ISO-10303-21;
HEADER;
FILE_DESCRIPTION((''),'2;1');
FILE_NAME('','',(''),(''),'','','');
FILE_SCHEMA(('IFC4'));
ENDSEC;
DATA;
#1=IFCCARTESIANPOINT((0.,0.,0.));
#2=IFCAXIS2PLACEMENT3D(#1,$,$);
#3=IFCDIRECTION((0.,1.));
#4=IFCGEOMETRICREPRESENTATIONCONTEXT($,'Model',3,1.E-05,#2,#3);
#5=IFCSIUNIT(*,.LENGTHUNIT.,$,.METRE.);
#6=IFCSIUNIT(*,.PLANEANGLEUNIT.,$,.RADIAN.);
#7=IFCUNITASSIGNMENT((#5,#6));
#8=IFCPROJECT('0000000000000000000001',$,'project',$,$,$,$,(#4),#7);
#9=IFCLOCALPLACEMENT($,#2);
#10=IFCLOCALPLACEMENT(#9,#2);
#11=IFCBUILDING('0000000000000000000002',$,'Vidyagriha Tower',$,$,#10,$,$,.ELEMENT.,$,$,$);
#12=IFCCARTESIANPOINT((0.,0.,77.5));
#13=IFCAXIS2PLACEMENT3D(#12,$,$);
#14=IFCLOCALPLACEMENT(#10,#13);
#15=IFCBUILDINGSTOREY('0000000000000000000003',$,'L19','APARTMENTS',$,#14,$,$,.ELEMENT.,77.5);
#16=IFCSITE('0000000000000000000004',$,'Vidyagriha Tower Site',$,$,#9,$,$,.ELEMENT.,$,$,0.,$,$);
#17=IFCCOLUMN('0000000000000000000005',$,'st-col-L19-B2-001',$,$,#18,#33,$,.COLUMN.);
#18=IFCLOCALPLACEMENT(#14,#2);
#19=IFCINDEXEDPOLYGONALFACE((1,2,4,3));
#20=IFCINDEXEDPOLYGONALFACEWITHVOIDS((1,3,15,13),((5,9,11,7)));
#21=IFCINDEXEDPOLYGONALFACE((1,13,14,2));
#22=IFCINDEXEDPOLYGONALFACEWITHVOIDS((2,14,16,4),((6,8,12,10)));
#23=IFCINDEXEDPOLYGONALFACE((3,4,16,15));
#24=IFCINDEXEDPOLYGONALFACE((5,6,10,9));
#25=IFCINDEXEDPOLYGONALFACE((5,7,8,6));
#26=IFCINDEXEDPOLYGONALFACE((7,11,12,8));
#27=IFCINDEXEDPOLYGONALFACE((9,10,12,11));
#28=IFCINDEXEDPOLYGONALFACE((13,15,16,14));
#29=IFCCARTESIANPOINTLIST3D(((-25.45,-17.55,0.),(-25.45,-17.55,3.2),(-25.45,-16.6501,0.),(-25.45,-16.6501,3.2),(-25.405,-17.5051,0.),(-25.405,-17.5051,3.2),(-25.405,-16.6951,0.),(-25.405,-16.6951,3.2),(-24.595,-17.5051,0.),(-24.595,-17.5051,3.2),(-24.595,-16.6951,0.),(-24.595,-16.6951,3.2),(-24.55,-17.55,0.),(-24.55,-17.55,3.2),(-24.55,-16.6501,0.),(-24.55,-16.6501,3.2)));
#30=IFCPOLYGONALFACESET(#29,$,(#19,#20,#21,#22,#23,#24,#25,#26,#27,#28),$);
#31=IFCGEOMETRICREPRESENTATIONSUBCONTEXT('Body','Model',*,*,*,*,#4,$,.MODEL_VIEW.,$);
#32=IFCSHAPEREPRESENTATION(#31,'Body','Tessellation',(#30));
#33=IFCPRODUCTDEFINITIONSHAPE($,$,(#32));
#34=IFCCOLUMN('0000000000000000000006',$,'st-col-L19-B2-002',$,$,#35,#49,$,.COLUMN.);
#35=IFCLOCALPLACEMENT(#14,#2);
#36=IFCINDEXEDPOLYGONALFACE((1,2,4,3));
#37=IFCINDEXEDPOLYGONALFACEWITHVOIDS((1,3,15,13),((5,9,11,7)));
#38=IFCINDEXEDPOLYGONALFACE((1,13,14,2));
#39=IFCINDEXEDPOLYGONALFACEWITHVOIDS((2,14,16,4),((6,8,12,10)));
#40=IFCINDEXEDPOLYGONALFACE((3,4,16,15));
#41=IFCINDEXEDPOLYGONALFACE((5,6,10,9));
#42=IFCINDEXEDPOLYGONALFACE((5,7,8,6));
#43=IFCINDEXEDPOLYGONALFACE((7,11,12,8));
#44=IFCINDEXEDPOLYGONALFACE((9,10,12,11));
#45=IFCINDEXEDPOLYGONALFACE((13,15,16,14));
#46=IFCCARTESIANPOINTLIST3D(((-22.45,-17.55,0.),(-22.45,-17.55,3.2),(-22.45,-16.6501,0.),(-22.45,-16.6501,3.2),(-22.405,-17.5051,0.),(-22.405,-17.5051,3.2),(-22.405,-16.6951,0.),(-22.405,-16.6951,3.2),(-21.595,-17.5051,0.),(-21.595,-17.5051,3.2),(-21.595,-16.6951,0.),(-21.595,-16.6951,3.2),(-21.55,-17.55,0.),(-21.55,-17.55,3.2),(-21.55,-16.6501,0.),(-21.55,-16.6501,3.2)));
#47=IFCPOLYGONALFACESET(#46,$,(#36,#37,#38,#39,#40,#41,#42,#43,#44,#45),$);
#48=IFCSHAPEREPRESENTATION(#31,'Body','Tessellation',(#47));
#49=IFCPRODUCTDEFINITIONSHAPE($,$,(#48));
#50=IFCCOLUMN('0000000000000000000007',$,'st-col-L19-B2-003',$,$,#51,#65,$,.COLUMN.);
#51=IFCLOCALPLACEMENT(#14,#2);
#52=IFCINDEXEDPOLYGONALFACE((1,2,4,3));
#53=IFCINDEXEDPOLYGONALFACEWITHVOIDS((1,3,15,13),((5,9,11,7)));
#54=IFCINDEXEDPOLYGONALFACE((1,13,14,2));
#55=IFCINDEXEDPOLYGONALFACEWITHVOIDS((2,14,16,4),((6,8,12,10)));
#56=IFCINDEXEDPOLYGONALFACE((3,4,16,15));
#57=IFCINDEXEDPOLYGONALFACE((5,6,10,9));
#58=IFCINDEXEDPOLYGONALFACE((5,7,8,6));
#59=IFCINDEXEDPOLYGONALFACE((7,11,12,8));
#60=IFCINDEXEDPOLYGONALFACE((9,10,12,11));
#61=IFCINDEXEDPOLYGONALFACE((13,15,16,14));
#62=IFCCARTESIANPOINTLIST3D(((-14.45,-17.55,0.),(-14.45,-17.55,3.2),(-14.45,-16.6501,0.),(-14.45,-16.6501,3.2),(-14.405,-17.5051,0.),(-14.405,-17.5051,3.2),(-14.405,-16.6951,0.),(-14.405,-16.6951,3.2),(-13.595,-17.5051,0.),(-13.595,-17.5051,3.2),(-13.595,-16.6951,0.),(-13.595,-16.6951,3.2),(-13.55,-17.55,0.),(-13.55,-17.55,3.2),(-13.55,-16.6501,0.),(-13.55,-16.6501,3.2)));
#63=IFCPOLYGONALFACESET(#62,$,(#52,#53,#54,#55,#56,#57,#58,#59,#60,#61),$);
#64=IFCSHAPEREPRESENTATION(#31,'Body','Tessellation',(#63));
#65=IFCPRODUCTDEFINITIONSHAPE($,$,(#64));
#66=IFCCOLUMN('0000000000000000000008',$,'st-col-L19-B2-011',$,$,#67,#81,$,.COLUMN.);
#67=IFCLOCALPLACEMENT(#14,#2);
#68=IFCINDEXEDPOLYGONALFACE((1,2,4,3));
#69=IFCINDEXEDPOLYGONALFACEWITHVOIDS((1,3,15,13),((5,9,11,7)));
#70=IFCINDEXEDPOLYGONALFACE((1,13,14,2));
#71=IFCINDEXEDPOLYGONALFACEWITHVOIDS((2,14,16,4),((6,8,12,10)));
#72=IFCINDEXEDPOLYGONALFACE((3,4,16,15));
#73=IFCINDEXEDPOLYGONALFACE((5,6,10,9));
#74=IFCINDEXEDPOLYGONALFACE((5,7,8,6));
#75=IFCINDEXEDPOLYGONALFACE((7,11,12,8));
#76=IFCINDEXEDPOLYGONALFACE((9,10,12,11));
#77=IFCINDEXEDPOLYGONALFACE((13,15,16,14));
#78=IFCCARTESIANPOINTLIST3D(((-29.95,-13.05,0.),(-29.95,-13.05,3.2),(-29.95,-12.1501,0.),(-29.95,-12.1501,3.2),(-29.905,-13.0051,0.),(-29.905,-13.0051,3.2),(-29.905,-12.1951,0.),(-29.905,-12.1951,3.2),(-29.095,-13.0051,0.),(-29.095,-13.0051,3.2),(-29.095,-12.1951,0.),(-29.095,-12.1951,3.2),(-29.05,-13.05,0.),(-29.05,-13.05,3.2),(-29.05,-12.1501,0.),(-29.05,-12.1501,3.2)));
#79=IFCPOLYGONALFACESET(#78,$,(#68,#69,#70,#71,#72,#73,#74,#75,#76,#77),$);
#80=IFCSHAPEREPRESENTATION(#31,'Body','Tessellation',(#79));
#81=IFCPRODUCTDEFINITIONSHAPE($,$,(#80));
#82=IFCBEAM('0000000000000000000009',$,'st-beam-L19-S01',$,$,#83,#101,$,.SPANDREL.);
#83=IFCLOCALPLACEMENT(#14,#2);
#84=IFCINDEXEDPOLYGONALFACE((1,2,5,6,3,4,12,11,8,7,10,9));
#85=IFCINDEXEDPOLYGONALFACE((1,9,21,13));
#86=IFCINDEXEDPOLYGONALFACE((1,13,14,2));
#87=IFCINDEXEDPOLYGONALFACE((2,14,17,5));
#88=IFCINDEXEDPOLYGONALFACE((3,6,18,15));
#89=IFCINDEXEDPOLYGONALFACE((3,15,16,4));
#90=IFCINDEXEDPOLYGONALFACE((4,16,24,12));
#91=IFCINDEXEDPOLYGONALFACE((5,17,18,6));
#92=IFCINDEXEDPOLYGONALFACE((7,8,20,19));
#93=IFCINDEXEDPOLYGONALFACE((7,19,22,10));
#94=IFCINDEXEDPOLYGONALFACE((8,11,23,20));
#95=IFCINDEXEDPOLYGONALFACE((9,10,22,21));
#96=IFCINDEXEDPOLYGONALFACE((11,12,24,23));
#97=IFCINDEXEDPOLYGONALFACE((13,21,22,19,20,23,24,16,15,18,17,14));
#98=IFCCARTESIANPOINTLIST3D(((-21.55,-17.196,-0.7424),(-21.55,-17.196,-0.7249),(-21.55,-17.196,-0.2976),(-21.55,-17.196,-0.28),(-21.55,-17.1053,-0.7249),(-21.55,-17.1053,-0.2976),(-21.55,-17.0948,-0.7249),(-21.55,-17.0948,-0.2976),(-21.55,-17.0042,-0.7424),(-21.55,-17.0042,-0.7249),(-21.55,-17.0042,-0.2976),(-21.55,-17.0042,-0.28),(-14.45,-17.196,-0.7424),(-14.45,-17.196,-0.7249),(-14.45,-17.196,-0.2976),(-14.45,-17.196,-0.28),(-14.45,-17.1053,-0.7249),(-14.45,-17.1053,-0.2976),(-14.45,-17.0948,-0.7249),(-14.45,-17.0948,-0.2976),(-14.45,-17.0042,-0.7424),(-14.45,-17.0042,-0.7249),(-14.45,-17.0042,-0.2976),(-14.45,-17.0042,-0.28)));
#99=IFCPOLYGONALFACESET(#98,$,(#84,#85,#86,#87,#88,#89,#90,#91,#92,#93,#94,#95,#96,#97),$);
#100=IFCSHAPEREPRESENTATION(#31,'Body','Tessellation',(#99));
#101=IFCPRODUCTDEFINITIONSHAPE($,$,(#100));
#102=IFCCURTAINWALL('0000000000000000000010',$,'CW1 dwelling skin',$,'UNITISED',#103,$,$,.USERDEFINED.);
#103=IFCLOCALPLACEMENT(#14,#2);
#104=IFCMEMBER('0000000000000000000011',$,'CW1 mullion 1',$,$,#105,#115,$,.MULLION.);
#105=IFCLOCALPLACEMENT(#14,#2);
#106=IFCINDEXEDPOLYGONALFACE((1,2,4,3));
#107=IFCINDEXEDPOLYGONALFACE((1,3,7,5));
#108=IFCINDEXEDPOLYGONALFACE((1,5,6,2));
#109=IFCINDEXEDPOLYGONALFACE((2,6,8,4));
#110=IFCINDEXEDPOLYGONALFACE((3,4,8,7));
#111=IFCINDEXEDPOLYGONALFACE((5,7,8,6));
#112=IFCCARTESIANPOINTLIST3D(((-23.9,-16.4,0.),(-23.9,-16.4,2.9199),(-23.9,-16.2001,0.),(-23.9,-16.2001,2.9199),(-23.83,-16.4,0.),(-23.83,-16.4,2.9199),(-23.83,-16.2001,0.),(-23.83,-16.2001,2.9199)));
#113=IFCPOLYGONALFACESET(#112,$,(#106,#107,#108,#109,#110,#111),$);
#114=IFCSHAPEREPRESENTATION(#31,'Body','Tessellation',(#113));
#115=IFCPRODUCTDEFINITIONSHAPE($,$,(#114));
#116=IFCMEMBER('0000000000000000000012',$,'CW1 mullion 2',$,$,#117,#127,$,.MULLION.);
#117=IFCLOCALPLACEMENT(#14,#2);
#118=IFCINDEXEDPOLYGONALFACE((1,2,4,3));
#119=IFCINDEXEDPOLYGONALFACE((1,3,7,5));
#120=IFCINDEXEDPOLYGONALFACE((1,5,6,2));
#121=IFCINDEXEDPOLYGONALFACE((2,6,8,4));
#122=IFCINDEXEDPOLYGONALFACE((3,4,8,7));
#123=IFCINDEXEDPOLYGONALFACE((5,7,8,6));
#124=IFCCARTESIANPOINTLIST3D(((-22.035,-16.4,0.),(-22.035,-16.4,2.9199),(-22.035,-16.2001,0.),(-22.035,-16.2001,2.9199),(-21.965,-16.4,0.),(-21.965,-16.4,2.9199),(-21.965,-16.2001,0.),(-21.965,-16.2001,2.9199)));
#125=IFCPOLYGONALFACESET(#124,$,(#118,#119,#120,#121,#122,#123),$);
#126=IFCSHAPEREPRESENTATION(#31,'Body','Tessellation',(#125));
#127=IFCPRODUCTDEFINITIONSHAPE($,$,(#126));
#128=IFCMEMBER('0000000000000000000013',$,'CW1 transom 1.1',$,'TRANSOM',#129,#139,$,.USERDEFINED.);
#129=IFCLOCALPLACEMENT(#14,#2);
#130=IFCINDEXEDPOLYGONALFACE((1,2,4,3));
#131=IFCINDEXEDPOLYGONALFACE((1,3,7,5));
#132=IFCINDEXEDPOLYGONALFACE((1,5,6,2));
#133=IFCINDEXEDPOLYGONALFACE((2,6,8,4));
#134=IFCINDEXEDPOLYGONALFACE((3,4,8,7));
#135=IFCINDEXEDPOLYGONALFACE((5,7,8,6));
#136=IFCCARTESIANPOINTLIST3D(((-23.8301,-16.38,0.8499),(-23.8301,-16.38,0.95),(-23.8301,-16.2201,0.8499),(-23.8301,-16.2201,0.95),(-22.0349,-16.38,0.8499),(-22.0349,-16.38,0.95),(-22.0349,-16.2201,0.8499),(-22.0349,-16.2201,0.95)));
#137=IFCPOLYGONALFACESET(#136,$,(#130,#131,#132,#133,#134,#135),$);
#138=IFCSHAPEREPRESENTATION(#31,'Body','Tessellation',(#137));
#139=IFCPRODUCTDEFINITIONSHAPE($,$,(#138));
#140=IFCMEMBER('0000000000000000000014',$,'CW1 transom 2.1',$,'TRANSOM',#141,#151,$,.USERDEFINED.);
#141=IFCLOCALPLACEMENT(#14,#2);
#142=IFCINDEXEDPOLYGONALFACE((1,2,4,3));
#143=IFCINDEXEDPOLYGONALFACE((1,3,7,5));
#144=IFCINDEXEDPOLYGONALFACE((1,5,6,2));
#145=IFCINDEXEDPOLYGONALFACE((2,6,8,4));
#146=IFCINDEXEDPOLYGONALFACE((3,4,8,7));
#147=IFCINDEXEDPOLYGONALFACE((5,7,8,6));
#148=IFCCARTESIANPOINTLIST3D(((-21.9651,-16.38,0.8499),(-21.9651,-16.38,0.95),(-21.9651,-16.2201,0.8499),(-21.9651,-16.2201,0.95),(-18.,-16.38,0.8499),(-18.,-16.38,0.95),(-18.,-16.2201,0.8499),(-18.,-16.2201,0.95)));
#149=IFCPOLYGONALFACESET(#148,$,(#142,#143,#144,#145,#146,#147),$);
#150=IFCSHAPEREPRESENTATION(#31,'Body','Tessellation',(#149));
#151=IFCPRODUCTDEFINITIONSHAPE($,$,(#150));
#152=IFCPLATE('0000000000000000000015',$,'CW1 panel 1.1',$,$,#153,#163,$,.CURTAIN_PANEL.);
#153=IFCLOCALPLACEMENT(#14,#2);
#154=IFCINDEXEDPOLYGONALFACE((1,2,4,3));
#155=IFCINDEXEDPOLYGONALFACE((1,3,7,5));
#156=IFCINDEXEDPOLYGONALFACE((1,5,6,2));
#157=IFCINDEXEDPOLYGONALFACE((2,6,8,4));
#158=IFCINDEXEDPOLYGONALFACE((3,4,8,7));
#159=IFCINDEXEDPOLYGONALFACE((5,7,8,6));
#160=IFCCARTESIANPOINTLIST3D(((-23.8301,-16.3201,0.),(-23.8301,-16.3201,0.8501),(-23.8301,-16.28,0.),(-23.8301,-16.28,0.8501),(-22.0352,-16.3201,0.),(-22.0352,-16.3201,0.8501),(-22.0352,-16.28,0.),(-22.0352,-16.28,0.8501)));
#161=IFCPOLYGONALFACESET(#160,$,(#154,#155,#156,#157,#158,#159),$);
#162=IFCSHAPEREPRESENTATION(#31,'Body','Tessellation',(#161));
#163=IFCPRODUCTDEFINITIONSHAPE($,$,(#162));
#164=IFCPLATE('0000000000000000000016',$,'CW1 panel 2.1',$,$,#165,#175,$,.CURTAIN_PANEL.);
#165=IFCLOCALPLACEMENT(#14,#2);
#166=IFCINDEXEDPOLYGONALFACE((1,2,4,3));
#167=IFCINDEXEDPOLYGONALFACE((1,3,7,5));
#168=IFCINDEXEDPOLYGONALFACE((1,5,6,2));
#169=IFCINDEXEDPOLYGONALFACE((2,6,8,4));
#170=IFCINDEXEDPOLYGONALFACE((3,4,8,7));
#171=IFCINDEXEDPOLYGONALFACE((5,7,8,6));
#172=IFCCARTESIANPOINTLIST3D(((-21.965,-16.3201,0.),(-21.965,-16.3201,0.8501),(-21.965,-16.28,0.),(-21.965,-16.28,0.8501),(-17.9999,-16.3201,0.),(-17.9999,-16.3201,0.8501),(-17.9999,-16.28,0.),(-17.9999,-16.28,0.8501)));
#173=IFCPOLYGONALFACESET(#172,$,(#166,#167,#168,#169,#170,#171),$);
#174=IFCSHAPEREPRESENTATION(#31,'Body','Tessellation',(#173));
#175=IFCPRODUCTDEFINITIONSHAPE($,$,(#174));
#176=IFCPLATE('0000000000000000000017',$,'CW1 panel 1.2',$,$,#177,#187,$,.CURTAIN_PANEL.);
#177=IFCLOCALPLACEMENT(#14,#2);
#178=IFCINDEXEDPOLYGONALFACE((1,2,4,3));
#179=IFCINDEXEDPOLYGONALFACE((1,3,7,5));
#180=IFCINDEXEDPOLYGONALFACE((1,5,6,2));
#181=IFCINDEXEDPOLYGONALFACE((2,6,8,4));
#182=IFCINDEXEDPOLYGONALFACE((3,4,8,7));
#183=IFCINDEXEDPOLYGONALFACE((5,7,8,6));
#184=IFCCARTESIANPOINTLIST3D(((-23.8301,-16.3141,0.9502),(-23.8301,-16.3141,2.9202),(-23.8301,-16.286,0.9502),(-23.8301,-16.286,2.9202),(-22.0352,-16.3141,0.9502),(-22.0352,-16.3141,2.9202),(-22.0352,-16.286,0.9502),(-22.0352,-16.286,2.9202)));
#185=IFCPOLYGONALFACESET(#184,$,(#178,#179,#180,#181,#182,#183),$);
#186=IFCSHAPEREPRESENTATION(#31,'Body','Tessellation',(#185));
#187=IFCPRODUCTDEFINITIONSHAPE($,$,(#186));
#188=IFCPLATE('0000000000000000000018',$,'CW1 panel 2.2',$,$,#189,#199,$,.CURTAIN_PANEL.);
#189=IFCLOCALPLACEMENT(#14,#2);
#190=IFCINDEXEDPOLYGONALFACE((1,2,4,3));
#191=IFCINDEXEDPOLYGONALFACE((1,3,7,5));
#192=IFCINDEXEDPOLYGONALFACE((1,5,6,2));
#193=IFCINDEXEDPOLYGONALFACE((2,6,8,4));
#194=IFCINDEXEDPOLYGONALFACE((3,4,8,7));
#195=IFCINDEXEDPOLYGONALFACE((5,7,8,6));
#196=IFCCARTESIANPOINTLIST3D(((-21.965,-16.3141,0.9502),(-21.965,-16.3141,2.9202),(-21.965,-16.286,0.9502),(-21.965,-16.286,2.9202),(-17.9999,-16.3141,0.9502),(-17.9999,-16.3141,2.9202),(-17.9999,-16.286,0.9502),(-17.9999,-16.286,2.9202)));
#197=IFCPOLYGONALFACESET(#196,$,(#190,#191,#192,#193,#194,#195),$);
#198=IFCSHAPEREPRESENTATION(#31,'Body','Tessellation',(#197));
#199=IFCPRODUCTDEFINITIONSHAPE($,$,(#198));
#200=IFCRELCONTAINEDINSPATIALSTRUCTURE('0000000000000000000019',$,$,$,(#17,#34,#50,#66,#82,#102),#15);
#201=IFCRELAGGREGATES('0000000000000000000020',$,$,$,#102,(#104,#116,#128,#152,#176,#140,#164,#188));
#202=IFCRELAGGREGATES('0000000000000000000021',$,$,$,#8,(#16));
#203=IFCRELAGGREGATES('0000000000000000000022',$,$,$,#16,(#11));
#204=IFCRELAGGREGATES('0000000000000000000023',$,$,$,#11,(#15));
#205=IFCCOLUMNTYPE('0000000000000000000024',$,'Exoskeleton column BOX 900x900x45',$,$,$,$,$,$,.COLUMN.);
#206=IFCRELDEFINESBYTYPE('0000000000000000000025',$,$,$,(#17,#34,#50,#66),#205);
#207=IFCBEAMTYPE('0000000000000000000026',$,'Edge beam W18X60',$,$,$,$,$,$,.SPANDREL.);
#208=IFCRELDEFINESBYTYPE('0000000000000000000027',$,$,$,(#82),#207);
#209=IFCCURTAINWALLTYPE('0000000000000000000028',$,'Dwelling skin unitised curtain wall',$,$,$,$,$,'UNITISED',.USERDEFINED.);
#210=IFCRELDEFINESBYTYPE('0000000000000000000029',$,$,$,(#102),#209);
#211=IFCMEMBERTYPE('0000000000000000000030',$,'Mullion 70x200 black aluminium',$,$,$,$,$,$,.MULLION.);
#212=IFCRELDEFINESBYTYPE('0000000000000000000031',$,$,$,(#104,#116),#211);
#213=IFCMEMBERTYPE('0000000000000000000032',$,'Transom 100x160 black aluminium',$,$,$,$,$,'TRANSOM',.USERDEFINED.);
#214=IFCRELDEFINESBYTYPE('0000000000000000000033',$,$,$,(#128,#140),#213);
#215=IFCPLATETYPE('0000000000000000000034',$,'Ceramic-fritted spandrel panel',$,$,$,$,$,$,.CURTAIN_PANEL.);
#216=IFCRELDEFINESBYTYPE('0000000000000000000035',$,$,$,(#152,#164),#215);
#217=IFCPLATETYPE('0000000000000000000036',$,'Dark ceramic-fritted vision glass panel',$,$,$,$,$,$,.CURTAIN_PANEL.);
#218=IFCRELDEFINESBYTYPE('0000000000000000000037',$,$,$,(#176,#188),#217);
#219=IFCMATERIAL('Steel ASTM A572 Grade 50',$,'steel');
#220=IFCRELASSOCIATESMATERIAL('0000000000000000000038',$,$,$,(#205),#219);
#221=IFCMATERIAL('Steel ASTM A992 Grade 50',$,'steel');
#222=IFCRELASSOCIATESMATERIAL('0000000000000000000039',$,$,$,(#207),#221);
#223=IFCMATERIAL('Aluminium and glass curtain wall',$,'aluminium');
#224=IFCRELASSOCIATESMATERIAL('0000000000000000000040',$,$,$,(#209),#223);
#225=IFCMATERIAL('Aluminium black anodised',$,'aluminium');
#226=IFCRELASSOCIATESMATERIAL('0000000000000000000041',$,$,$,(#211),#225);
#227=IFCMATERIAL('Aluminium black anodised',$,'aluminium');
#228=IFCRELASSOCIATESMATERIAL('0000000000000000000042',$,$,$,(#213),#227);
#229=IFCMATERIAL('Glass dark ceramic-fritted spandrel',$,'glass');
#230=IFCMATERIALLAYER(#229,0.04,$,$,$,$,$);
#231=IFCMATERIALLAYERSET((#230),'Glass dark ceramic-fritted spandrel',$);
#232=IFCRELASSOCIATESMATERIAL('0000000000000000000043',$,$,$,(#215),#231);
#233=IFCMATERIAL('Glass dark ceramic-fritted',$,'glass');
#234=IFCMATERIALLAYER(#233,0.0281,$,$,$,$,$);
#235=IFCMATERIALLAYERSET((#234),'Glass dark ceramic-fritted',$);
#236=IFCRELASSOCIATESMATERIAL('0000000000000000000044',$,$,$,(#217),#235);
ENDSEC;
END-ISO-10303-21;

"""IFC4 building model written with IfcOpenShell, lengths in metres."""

from ifc_helpers import new_model, si_unit, direction, frame, origin, origin_2d, place, context, subcontext, project, spatial, rectangle, hollow_rectangle, i_section, extrude, material, layer, layer_set, material_profile, profile_set, type_object, element, aggregate, save


model = new_model("IFC4")

# Units and contexts
model_context = context("Model", 3, precision=1e-05, world=origin(), true_north=direction((0.0, 1.0)))
body_context = subcontext(model_context, "Body", "Model", "MODEL_VIEW")
ifc_project = project(units=[si_unit("LENGTHUNIT", "METRE"), si_unit("PLANEANGLEUNIT", "RADIAN")], contexts=[model_context])

# Site, building, storey
site_placement = place(None, origin())
site = spatial("IfcSite", under=ifc_project, at=site_placement, Name="Vidyagriha Tower Site", CompositionType="ELEMENT", RefElevation=0.0)
building_placement = place(site_placement, origin())
building = spatial("IfcBuilding", under=site, at=building_placement, Name="Vidyagriha Tower", CompositionType="ELEMENT")
storey_placement = place(building_placement, frame((0.0, 0.0, 77.5)))
storey = spatial("IfcBuildingStorey", under=building, at=storey_placement, Name="L19", Description="APARTMENTS", CompositionType="ELEMENT", Elevation=77.5)

# Columns
ifc_material_1 = material(Name="Steel ASTM A572 Grade 50", Category="steel")
ifc_material_profile_1 = material_profile(ifc_material_1, hollow_rectangle(XDim=0.8999, YDim=0.8999, WallThickness=0.0449, at=origin_2d()), Name="BOX 900x900x45")
ifc_profile_set_1 = profile_set([ifc_material_profile_1], Name="Steel ASTM A572 Grade 50")
column_type = type_object("IfcColumnType", Name="Exoskeleton column BOX 900x900x45", PredefinedType="COLUMN", material=ifc_profile_set_1)
for number, where, name in (
    (1, (-25.0, -17.1001, 0.0), "st-col-L19-B2-001"),
    (2, (-22.0, -17.1001, 0.0), "st-col-L19-B2-002"),
    (3, (-14.0, -17.1001, 0.0), "st-col-L19-B2-003"),
    (4, (-29.5, -12.6001, 0.0), "st-col-L19-B2-011"),
):
    element("IfcColumn", number, at=place(storey_placement, frame(where)), inside=storey, type_object=column_type, Name=name, PredefinedType="COLUMN", context=body_context, shape_type="SweptSolid", body=[
        extrude(hollow_rectangle(XDim=0.8999, YDim=0.8999, WallThickness=0.0449, at=origin_2d()), origin(), (0.0, 0.0, 1.0), 3.2),
    ])

# Beam
ifc_material_2 = material(Name="Steel ASTM A992 Grade 50", Category="steel")
ifc_material_profile_2 = material_profile(ifc_material_2, i_section(OverallWidth=0.1919, OverallDepth=0.4624, WebThickness=0.0105, FlangeThickness=0.0176, at=origin_2d()), Name="W18X60")
ifc_profile_set_2 = profile_set([ifc_material_profile_2], Name="Steel ASTM A992 Grade 50")
beam_type = type_object("IfcBeamType", Name="Edge beam W18X60", PredefinedType="SPANDREL", material=ifc_profile_set_2)
beam_placement = place(storey_placement, frame((-21.55, -17.1001, -0.5112), z_axis=(1.0, 0.0, 0.0), x_axis=(0.0, 1.0, 0.0)))
element("IfcBeam", 5, at=beam_placement, inside=storey, type_object=beam_type, Name="st-beam-L19-S01", PredefinedType="SPANDREL", context=body_context, shape_type="SweptSolid", body=[
    extrude(i_section(OverallWidth=0.1919, OverallDepth=0.4624, WebThickness=0.0105, FlangeThickness=0.0176, at=origin_2d()), origin(), (0.0, 0.0, 1.0), 7.1001),
])

# Curtain wall, members, plates
ifc_material_3 = material(Name="Aluminium and glass curtain wall", Category="aluminium")
curtain_wall_type = type_object("IfcCurtainWallType", Name="Dwelling skin unitised curtain wall", ElementType="UNITISED", PredefinedType="USERDEFINED", material=ifc_material_3)
curtain_wall_placement = place(storey_placement, origin())
curtain_wall = element("IfcCurtainWall", 6, at=curtain_wall_placement, inside=storey, type_object=curtain_wall_type, Name="CW1 dwelling skin", ObjectType="UNITISED", PredefinedType="USERDEFINED")
ifc_material_4 = material(Name="Aluminium black anodised", Category="aluminium")
ifc_material_profile_3 = material_profile(ifc_material_4, rectangle(XDim=0.2, YDim=0.0701, at=origin_2d()), Name="Mullion 70x200 black aluminium")
ifc_profile_set_3 = profile_set([ifc_material_profile_3], Name="Aluminium black anodised")
member_type_1 = type_object("IfcMemberType", Name="Mullion 70x200 black aluminium", PredefinedType="MULLION", material=ifc_profile_set_3)
member_1_placement = place(storey_placement, frame((-23.865, -16.3, 0.0), z_axis=(0.0, 0.0, 1.0), x_axis=(0.0, 1.0, 0.0)))
member_1 = element("IfcMember", 7, at=member_1_placement, type_object=member_type_1, Name="CW1 mullion 1", PredefinedType="MULLION", context=body_context, shape_type="SweptSolid", body=[
    extrude(rectangle(XDim=0.2, YDim=0.0701, at=origin_2d()), origin(), (0.0, 0.0, 1.0), 2.9199),
])
member_2_placement = place(storey_placement, frame((-22.0, -16.3, 0.0), z_axis=(0.0, 0.0, 1.0), x_axis=(0.0, 1.0, 0.0)))
member_2 = element("IfcMember", 8, at=member_2_placement, type_object=member_type_1, Name="CW1 mullion 2", PredefinedType="MULLION", context=body_context, shape_type="SweptSolid", body=[
    extrude(rectangle(XDim=0.2, YDim=0.0701, at=origin_2d()), origin(), (0.0, 0.0, 1.0), 2.9199),
])
ifc_material_5 = material(Name="Aluminium black anodised", Category="aluminium")
ifc_material_profile_4 = material_profile(ifc_material_5, rectangle(XDim=0.1599, YDim=0.1001, at=origin_2d()), Name="Transom 100x160 black aluminium")
ifc_profile_set_4 = profile_set([ifc_material_profile_4], Name="Aluminium black anodised")
member_type_2 = type_object("IfcMemberType", Name="Transom 100x160 black aluminium", ElementType="TRANSOM", PredefinedType="USERDEFINED", material=ifc_profile_set_4)
member_3_placement = place(storey_placement, frame((-23.8301, -16.3, 0.8999), z_axis=(1.0, 0.0, 0.0), x_axis=(0.0, 1.0, 0.0)))
member_3 = element("IfcMember", 9, at=member_3_placement, type_object=member_type_2, Name="CW1 transom 1.1", ObjectType="TRANSOM", PredefinedType="USERDEFINED", context=body_context, shape_type="SweptSolid", body=[
    extrude(rectangle(XDim=0.1599, YDim=0.1001, at=origin_2d()), origin(), (0.0, 0.0, 1.0), 1.7952),
])
member_4_placement = place(storey_placement, frame((-21.9651, -16.3, 0.8999), z_axis=(1.0, 0.0, 0.0), x_axis=(0.0, 1.0, 0.0)))
member_4 = element("IfcMember", 10, at=member_4_placement, type_object=member_type_2, Name="CW1 transom 2.1", ObjectType="TRANSOM", PredefinedType="USERDEFINED", context=body_context, shape_type="SweptSolid", body=[
    extrude(rectangle(XDim=0.1599, YDim=0.1001, at=origin_2d()), origin(), (0.0, 0.0, 1.0), 3.9651),
])
ifc_material_6 = material(Name="Glass dark ceramic-fritted spandrel", Category="glass")
ifc_layer_1 = layer(ifc_material_6, 0.04)
ifc_layer_set_1 = layer_set([ifc_layer_1], Name="Glass dark ceramic-fritted spandrel")
plate_type_1 = type_object("IfcPlateType", Name="Ceramic-fritted spandrel panel", PredefinedType="CURTAIN_PANEL", material=ifc_layer_set_1)
plate_1_placement = place(storey_placement, frame((-22.9326, -16.3, 0.0)))
plate_1 = element("IfcPlate", 11, at=plate_1_placement, type_object=plate_type_1, Name="CW1 panel 1.1", PredefinedType="CURTAIN_PANEL", context=body_context, shape_type="SweptSolid", body=[
    extrude(rectangle(XDim=1.7949, YDim=0.04, at=origin_2d()), origin(), (0.0, 0.0, 1.0), 0.8501),
])
plate_2_placement = place(storey_placement, frame((-19.9824, -16.3, 0.0)))
plate_2 = element("IfcPlate", 12, at=plate_2_placement, type_object=plate_type_1, Name="CW1 panel 2.1", PredefinedType="CURTAIN_PANEL", context=body_context, shape_type="SweptSolid", body=[
    extrude(rectangle(XDim=3.9651, YDim=0.04, at=origin_2d()), origin(), (0.0, 0.0, 1.0), 0.8501),
])
ifc_material_7 = material(Name="Glass dark ceramic-fritted", Category="glass")
ifc_layer_2 = layer(ifc_material_7, 0.0281)
ifc_layer_set_2 = layer_set([ifc_layer_2], Name="Glass dark ceramic-fritted")
plate_type_2 = type_object("IfcPlateType", Name="Dark ceramic-fritted vision glass panel", PredefinedType="CURTAIN_PANEL", material=ifc_layer_set_2)
plate_3_placement = place(storey_placement, frame((-22.9326, -16.3, 0.9502)))
plate_3 = element("IfcPlate", 13, at=plate_3_placement, type_object=plate_type_2, Name="CW1 panel 1.2", PredefinedType="CURTAIN_PANEL", context=body_context, shape_type="SweptSolid", body=[
    extrude(rectangle(XDim=1.7949, YDim=0.0281, at=origin_2d()), origin(), (0.0, 0.0, 1.0), 1.97),
])
plate_4_placement = place(storey_placement, frame((-19.9824, -16.3, 0.9502)))
plate_4 = element("IfcPlate", 14, at=plate_4_placement, type_object=plate_type_2, Name="CW1 panel 2.2", PredefinedType="CURTAIN_PANEL", context=body_context, shape_type="SweptSolid", body=[
    extrude(rectangle(XDim=3.9651, YDim=0.0281, at=origin_2d()), origin(), (0.0, 0.0, 1.0), 1.97),
])
aggregate(curtain_wall, [member_1, member_2, member_3, plate_1, plate_3, member_4, plate_2, plate_4])

save(model, "model.ifc")
